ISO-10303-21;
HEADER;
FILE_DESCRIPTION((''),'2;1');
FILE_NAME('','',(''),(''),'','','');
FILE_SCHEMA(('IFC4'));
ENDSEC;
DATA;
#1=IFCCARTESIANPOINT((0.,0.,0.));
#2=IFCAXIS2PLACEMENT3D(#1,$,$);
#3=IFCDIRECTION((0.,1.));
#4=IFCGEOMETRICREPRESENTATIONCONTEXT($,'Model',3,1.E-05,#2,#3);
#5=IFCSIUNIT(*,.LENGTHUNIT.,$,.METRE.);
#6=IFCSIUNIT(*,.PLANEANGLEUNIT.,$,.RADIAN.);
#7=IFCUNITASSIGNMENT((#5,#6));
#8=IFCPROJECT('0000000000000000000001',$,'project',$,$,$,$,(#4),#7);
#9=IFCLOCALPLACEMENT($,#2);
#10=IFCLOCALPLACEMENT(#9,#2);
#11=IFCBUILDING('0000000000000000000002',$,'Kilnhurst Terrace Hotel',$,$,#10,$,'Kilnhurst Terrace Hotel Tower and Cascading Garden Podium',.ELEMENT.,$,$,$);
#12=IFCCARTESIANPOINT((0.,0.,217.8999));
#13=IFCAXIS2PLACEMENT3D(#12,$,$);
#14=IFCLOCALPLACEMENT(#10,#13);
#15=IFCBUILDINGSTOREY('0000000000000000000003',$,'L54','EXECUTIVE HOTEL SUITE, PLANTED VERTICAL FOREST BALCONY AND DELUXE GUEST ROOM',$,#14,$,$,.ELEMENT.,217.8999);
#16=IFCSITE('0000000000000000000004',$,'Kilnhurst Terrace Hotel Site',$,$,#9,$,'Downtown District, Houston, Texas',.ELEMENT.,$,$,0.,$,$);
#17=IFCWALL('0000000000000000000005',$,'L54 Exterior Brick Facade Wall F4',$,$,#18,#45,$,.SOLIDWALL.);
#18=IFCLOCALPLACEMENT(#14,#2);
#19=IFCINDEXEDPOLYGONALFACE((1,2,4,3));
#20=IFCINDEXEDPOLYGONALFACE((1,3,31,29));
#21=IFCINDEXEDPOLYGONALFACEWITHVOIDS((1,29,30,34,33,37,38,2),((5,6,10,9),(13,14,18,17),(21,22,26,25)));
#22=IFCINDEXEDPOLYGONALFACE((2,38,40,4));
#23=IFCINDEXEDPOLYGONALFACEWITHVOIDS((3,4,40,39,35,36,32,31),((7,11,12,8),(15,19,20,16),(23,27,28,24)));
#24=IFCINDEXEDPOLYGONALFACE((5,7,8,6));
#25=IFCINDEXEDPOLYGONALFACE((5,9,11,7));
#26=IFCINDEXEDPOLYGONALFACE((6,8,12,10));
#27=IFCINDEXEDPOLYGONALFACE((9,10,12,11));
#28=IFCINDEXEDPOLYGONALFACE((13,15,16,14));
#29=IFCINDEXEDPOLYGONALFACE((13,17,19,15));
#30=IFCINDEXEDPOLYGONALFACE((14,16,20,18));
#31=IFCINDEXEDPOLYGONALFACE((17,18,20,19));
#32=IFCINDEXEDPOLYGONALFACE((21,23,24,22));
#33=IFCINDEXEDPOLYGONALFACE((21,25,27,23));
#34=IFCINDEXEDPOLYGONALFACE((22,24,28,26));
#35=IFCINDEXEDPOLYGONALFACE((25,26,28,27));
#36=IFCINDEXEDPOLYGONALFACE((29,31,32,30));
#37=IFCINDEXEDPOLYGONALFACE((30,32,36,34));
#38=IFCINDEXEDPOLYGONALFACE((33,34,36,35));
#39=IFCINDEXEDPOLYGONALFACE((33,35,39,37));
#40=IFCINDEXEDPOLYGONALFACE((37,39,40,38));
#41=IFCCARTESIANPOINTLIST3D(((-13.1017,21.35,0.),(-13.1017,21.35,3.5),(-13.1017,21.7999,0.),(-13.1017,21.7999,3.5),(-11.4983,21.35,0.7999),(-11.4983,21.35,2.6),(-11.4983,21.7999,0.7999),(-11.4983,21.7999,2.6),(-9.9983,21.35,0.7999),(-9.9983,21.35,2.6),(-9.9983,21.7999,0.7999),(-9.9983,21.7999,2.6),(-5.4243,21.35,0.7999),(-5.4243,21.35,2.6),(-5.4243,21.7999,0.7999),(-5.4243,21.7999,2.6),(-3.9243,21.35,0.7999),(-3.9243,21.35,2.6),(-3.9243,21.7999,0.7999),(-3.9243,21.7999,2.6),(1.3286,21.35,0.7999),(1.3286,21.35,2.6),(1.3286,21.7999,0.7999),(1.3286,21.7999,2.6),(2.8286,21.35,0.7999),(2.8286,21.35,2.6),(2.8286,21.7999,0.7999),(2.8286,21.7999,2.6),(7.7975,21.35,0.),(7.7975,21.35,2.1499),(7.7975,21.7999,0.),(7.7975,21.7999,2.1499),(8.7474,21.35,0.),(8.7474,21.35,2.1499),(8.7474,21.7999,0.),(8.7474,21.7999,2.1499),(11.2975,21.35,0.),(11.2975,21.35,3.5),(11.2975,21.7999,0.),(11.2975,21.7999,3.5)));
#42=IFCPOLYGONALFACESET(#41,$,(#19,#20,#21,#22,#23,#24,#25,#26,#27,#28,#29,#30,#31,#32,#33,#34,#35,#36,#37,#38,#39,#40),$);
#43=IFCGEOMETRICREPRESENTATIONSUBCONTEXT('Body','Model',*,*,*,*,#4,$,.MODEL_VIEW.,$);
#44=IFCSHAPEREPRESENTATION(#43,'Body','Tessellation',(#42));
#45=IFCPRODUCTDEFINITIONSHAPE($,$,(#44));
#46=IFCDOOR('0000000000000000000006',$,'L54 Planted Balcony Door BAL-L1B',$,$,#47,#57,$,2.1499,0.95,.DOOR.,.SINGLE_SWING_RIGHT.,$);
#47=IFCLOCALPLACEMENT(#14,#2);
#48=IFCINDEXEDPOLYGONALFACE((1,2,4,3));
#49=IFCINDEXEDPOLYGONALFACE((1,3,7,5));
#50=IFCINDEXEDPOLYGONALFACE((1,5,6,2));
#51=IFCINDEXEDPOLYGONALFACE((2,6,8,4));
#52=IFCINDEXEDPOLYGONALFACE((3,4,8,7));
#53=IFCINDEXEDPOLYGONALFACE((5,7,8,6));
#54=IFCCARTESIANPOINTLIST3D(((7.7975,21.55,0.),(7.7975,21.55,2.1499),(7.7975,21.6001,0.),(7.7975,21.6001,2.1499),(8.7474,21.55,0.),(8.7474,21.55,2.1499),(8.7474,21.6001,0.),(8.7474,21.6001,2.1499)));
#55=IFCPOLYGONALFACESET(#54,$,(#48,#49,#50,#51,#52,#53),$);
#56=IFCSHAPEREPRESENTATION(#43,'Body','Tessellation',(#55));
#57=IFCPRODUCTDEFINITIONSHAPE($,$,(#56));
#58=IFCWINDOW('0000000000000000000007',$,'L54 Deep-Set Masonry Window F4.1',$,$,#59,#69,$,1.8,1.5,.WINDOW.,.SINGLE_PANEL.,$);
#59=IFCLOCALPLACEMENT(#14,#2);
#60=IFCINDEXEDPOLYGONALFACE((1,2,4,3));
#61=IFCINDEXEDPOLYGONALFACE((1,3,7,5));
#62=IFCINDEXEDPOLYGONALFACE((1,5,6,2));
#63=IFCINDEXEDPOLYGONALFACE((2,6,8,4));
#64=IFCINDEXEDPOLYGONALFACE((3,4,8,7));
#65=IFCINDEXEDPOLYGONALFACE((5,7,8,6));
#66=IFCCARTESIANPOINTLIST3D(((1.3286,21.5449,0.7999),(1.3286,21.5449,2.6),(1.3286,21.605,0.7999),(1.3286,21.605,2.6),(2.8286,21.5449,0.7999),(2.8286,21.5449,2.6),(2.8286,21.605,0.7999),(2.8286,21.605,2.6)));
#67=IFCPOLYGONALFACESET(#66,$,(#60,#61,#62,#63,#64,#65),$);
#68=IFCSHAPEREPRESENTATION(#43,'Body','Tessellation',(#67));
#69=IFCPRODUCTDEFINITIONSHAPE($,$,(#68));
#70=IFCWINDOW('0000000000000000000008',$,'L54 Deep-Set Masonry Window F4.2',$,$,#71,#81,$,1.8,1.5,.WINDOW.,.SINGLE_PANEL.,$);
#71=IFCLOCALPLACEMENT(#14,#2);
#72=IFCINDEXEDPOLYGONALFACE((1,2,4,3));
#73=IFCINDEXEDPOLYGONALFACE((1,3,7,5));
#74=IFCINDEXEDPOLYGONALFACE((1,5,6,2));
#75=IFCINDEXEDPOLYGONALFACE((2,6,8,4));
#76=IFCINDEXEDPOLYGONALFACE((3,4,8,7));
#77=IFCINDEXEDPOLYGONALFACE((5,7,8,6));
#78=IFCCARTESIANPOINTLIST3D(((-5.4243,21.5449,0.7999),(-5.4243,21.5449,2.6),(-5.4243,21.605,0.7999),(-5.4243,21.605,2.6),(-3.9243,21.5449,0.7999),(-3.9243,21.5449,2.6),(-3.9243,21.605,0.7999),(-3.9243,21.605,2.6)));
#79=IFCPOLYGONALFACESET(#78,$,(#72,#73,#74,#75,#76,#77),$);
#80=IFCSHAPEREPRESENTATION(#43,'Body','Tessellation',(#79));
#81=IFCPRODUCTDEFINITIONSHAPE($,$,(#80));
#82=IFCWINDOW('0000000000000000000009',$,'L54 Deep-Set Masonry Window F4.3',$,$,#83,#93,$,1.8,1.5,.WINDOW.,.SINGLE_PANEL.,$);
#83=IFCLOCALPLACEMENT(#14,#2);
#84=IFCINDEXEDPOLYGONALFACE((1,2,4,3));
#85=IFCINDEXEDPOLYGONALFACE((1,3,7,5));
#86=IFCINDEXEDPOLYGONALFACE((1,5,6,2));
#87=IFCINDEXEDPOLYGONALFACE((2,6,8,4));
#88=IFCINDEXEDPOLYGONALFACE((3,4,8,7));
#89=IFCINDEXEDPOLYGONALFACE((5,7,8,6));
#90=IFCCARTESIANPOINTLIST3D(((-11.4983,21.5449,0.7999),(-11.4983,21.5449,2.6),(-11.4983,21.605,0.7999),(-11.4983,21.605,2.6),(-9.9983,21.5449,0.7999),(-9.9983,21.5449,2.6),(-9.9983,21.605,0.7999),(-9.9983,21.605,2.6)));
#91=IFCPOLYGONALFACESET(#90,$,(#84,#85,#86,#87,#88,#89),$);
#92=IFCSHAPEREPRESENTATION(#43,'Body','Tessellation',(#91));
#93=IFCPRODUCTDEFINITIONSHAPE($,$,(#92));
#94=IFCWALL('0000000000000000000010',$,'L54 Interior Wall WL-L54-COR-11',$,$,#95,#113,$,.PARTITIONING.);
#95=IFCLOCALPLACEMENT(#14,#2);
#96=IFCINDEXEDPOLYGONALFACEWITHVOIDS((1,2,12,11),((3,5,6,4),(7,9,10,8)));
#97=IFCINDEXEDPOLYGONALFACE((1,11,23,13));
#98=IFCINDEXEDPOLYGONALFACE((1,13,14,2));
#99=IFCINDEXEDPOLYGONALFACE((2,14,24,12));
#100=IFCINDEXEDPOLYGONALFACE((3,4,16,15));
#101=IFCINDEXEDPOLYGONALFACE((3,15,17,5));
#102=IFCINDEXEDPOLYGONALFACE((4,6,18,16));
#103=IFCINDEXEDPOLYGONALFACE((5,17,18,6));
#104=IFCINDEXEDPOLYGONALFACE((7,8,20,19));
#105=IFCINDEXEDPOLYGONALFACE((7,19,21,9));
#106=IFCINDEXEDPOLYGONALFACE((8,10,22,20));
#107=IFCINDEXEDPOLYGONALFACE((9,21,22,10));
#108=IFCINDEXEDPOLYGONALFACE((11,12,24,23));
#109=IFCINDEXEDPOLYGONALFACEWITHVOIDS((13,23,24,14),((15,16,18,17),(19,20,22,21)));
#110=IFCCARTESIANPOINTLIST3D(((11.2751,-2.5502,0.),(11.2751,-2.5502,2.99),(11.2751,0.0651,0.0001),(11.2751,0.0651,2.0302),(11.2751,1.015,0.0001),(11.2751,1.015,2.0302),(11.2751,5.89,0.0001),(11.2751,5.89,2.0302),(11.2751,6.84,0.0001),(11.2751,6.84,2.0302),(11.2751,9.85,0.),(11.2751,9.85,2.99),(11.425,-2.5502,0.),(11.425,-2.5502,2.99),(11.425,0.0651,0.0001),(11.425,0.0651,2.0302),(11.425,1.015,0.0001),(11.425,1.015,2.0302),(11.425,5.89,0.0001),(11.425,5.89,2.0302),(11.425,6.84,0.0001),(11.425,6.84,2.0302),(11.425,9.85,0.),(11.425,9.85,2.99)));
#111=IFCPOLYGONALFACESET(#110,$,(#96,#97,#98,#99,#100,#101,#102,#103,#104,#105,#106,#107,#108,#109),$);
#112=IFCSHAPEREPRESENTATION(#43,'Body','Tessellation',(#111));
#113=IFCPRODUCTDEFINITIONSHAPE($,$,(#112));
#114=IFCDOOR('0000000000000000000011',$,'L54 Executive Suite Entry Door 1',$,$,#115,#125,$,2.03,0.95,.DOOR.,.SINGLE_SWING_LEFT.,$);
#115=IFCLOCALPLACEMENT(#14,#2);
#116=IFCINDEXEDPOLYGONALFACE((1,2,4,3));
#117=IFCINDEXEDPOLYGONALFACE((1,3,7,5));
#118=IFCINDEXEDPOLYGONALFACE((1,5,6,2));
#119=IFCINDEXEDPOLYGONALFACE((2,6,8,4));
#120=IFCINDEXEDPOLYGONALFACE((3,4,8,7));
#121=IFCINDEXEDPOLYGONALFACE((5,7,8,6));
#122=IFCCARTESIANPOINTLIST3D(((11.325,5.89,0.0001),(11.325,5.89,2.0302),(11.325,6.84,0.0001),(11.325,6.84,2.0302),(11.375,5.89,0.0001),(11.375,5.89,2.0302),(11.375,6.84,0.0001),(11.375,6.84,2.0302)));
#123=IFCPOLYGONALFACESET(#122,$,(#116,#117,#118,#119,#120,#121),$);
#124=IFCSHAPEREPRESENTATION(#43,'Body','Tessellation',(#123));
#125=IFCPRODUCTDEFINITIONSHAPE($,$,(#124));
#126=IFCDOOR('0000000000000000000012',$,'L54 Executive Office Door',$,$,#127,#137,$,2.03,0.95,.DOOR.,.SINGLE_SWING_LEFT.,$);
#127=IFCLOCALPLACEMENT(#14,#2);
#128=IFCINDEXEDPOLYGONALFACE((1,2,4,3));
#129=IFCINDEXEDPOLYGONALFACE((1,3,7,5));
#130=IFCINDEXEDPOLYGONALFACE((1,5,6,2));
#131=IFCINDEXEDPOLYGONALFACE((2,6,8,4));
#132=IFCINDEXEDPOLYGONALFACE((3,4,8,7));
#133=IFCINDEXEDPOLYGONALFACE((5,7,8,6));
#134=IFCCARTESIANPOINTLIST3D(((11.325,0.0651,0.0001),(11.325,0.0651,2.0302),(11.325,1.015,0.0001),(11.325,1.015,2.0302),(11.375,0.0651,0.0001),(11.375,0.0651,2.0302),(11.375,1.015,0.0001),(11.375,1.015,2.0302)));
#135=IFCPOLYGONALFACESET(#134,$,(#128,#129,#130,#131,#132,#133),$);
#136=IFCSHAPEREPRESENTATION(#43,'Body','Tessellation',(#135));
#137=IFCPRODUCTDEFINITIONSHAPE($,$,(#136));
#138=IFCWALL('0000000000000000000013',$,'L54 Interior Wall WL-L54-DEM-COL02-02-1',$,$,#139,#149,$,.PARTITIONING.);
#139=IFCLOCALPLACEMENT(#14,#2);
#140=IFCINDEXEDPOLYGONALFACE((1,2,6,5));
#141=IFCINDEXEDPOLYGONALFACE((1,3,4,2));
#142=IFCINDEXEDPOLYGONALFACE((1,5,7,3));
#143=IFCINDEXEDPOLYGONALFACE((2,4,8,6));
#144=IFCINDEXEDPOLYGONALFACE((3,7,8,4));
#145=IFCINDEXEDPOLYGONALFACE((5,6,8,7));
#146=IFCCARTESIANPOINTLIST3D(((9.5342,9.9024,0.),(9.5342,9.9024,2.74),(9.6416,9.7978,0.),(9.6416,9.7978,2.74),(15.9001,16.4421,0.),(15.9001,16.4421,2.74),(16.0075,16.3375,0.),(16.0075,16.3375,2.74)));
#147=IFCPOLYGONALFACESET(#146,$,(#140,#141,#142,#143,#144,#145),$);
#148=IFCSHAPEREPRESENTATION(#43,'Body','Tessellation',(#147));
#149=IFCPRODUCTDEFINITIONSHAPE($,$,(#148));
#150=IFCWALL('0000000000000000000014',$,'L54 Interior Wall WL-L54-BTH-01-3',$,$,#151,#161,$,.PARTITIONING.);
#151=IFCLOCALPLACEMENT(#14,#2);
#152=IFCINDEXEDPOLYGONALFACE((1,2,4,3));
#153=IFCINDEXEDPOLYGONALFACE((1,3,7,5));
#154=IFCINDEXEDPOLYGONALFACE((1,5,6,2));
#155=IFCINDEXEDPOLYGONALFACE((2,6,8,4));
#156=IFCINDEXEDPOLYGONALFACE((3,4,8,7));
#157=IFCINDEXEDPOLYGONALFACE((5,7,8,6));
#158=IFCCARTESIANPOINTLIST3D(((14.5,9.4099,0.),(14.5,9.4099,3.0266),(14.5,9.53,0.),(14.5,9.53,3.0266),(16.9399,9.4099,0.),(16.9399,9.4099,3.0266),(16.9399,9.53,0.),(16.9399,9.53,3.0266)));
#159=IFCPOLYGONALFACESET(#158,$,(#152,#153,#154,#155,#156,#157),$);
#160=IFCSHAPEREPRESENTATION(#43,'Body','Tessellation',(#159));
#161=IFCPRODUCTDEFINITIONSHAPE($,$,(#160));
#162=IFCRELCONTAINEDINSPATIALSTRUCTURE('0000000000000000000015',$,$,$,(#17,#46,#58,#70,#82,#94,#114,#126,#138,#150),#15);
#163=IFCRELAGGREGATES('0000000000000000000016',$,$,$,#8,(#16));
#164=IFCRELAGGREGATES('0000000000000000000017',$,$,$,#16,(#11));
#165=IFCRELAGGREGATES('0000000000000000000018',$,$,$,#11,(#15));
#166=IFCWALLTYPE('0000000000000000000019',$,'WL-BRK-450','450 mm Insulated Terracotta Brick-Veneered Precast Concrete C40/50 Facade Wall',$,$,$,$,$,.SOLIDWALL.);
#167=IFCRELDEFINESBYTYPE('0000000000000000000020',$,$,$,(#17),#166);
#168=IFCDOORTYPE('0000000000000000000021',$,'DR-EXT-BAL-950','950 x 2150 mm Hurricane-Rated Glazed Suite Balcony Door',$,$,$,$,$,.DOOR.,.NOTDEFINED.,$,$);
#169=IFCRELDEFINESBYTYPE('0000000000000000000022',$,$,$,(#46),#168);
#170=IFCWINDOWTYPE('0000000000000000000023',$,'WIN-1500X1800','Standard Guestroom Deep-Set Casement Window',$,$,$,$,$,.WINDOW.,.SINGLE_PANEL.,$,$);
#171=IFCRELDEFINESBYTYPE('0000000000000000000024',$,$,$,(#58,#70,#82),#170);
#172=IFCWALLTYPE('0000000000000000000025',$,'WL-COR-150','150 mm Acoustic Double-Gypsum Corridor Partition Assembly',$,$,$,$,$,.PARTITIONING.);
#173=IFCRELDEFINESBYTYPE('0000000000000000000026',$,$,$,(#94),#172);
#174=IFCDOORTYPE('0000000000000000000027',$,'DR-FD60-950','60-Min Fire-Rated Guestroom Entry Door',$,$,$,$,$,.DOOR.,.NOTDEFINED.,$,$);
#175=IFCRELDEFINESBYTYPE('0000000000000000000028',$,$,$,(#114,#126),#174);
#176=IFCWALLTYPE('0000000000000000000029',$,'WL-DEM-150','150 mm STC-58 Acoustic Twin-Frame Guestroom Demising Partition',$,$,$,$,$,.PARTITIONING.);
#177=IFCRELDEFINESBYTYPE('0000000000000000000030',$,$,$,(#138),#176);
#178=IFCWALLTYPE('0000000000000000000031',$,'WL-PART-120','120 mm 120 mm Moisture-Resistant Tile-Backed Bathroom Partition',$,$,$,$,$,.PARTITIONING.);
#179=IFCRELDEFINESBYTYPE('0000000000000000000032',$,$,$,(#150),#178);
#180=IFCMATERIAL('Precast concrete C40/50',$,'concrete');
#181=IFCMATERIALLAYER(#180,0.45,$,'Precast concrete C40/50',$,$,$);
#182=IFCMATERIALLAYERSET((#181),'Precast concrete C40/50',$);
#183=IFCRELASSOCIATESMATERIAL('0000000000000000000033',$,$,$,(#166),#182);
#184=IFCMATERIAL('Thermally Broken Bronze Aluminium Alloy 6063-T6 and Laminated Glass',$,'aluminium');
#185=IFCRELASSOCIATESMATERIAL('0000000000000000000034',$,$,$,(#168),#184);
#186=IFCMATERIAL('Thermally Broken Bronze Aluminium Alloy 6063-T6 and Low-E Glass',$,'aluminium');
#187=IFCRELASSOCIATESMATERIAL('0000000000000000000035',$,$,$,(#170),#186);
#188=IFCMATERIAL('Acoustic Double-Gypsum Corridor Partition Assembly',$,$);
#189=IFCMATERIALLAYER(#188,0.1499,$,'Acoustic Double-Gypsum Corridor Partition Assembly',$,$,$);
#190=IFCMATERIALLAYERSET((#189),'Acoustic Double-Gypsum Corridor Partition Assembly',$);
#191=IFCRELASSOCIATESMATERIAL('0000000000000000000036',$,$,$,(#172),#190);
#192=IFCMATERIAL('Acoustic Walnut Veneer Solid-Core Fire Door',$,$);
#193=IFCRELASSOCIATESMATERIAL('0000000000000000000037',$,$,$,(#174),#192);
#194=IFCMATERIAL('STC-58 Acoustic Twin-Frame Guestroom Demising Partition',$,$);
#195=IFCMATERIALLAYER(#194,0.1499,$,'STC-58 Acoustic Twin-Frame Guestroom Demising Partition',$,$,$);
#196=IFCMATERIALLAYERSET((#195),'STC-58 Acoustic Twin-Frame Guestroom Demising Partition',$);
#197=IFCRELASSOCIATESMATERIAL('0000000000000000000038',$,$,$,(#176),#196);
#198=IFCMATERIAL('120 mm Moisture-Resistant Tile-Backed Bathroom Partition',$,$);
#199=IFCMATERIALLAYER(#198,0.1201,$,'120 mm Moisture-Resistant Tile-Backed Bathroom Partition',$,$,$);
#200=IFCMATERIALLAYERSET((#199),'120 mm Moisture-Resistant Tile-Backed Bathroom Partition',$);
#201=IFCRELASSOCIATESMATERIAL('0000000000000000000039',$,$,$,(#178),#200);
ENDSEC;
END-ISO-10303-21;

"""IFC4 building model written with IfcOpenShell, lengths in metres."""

from ifc_helpers import new_model, si_unit, direction, frame, frame_2d, origin, place, context, subcontext, project, spatial, rectangle, extrude, material, layer, layer_set, type_object, element, fill, save


model = new_model("IFC4")

# Units and contexts
model_context = context("Model", 3, precision=1e-05, world=origin(), true_north=direction((0.0, 1.0)))
body_context = subcontext(model_context, "Body", "Model", "MODEL_VIEW")
ifc_project = project(units=[si_unit("LENGTHUNIT", "METRE"), si_unit("PLANEANGLEUNIT", "RADIAN")], contexts=[model_context])

# Site, building, storey
site_placement = place(None, origin())
site = spatial("IfcSite", under=ifc_project, at=site_placement, Name="Kilnhurst Terrace Hotel Site", LongName="Downtown District, Houston, Texas", CompositionType="ELEMENT", RefElevation=0.0)
building_placement = place(site_placement, origin())
building = spatial("IfcBuilding", under=site, at=building_placement, Name="Kilnhurst Terrace Hotel", LongName="Kilnhurst Terrace Hotel Tower and Cascading Garden Podium", CompositionType="ELEMENT")
storey_placement = place(building_placement, frame((0.0, 0.0, 217.8999)))
storey = spatial("IfcBuildingStorey", under=building, at=storey_placement, Name="L54", Description="EXECUTIVE HOTEL SUITE, PLANTED VERTICAL FOREST BALCONY AND DELUXE GUEST ROOM", CompositionType="ELEMENT", Elevation=217.8999)

# Shared definitions
ifc_material_1 = material(Name="Precast concrete C40/50", Category="concrete")
ifc_layer_1 = layer(ifc_material_1, 0.45, Name="Precast concrete C40/50")
ifc_layer_set_1 = layer_set([ifc_layer_1], Name="Precast concrete C40/50")
wall_type_1 = type_object("IfcWallType", Name="WL-BRK-450", Description="450 mm Insulated Terracotta Brick-Veneered Precast Concrete C40/50 Facade Wall", PredefinedType="SOLIDWALL", material=ifc_layer_set_1)

# Wall, openings, door, windows
wall_1_placement = place(storey_placement, frame((11.2976, 21.575, 0.0), z_axis=(0.0, 0.0, 1.0), x_axis=(-1.0, 0.0, 0.0)))
wall_1 = element("IfcWall", 1, at=wall_1_placement, inside=storey, type_object=wall_type_1, Name="L54 Exterior Brick Facade Wall F4", PredefinedType="SOLIDWALL", context=body_context, shape_type="SweptSolid", body=[
    extrude(rectangle(XDim=24.3992, YDim=0.45, at=frame_2d((12.1997, 0.0))), origin(), (0.0, 0.0, 1.0), 3.5),
])
opening_1_placement = place(wall_1_placement, frame((2.55, 0.0, 0.0)))
opening_1 = element("IfcOpeningElement", 2, at=opening_1_placement, cuts=wall_1, PredefinedType="OPENING", context=body_context, shape_type="SweptSolid", body=[
    extrude(rectangle(XDim=0.95, YDim=2.1499, at=frame_2d((0.4751, 1.075))), frame((0.0, 0.2349, 0.0), z_axis=(0.0, -1.0, 0.0), x_axis=(1.0, 0.0, 0.0)), (0.0, 0.0, 1.0), 0.47),
])
opening_2_placement = place(wall_1_placement, frame((8.469, 0.0, 0.8)))
opening_2 = element("IfcOpeningElement", 3, at=opening_2_placement, cuts=wall_1, PredefinedType="OPENING", context=body_context, shape_type="SweptSolid", body=[
    extrude(rectangle(XDim=1.5, YDim=1.8, at=frame_2d((0.75, 0.8999))), frame((0.0, 0.2349, 0.0), z_axis=(0.0, -1.0, 0.0), x_axis=(1.0, 0.0, 0.0)), (0.0, 0.0, 1.0), 0.47),
])
opening_3_placement = place(wall_1_placement, frame((15.2219, 0.0, 0.8)))
opening_3 = element("IfcOpeningElement", 4, at=opening_3_placement, cuts=wall_1, PredefinedType="OPENING", context=body_context, shape_type="SweptSolid", body=[
    extrude(rectangle(XDim=1.5, YDim=1.8, at=frame_2d((0.75, 0.8999))), frame((0.0, 0.2349, 0.0), z_axis=(0.0, -1.0, 0.0), x_axis=(1.0, 0.0, 0.0)), (0.0, 0.0, 1.0), 0.47),
])
opening_4_placement = place(wall_1_placement, frame((21.2959, 0.0, 0.8)))
opening_4 = element("IfcOpeningElement", 5, at=opening_4_placement, cuts=wall_1, PredefinedType="OPENING", context=body_context, shape_type="SweptSolid", body=[
    extrude(rectangle(XDim=1.5, YDim=1.8, at=frame_2d((0.75, 0.8999))), frame((0.0, 0.2349, 0.0), z_axis=(0.0, -1.0, 0.0), x_axis=(1.0, 0.0, 0.0)), (0.0, 0.0, 1.0), 0.47),
])
ifc_material_2 = material(Name="Thermally Broken Bronze Aluminium Alloy 6063-T6 and Laminated Glass", Category="aluminium")
door_type_1 = type_object("IfcDoorType", Name="DR-EXT-BAL-950", Description="950 x 2150 mm Hurricane-Rated Glazed Suite Balcony Door", OperationType="NOTDEFINED", PredefinedType="DOOR", material=ifc_material_2)
door_1_placement = place(opening_1_placement, origin())
door_1 = element("IfcDoor", 6, at=door_1_placement, inside=storey, type_object=door_type_1, Name="L54 Planted Balcony Door BAL-L1B", OperationType="SINGLE_SWING_RIGHT", OverallHeight=2.1499, OverallWidth=0.95, PredefinedType="DOOR", context=body_context, shape_type="SweptSolid", body=[
    extrude(rectangle(XDim=0.95, YDim=2.1499, at=frame_2d((0.4751, 1.075))), frame((0.0, 0.0249, 0.0), z_axis=(0.0, -1.0, 0.0), x_axis=(1.0, 0.0, 0.0)), (0.0, 0.0, 1.0), 0.05),
])
fill(opening_1, door_1)
ifc_material_3 = material(Name="Thermally Broken Bronze Aluminium Alloy 6063-T6 and Low-E Glass", Category="aluminium")
window_type = type_object("IfcWindowType", Name="WIN-1500X1800", Description="Standard Guestroom Deep-Set Casement Window", PartitioningType="SINGLE_PANEL", PredefinedType="WINDOW", material=ifc_material_3)
window_1_placement = place(opening_2_placement, origin())
window_1 = element("IfcWindow", 7, at=window_1_placement, inside=storey, type_object=window_type, Name="L54 Deep-Set Masonry Window F4.1", OverallHeight=1.8, OverallWidth=1.5, PartitioningType="SINGLE_PANEL", PredefinedType="WINDOW", context=body_context, shape_type="SweptSolid", body=[
    extrude(rectangle(XDim=1.5, YDim=1.8, at=frame_2d((0.75, 0.8999))), frame((0.0, 0.03, 0.0), z_axis=(0.0, -1.0, 0.0), x_axis=(1.0, 0.0, 0.0)), (0.0, 0.0, 1.0), 0.0601),
])
fill(opening_2, window_1)
window_2_placement = place(opening_3_placement, origin())
window_2 = element("IfcWindow", 8, at=window_2_placement, inside=storey, type_object=window_type, Name="L54 Deep-Set Masonry Window F4.2", OverallHeight=1.8, OverallWidth=1.5, PartitioningType="SINGLE_PANEL", PredefinedType="WINDOW", context=body_context, shape_type="SweptSolid", body=[
    extrude(rectangle(XDim=1.5, YDim=1.8, at=frame_2d((0.75, 0.8999))), frame((0.0, 0.03, 0.0), z_axis=(0.0, -1.0, 0.0), x_axis=(1.0, 0.0, 0.0)), (0.0, 0.0, 1.0), 0.0601),
])
fill(opening_3, window_2)
window_3_placement = place(opening_4_placement, origin())
window_3 = element("IfcWindow", 9, at=window_3_placement, inside=storey, type_object=window_type, Name="L54 Deep-Set Masonry Window F4.3", OverallHeight=1.8, OverallWidth=1.5, PartitioningType="SINGLE_PANEL", PredefinedType="WINDOW", context=body_context, shape_type="SweptSolid", body=[
    extrude(rectangle(XDim=1.5, YDim=1.8, at=frame_2d((0.75, 0.8999))), frame((0.0, 0.03, 0.0), z_axis=(0.0, -1.0, 0.0), x_axis=(1.0, 0.0, 0.0)), (0.0, 0.0, 1.0), 0.0601),
])
fill(opening_4, window_3)

# Wall, openings, doors
ifc_material_4 = material(Name="Acoustic Double-Gypsum Corridor Partition Assembly")
ifc_layer_2 = layer(ifc_material_4, 0.1499, Name="Acoustic Double-Gypsum Corridor Partition Assembly")
ifc_layer_set_2 = layer_set([ifc_layer_2], Name="Acoustic Double-Gypsum Corridor Partition Assembly")
wall_type_2 = type_object("IfcWallType", Name="WL-COR-150", Description="150 mm Acoustic Double-Gypsum Corridor Partition Assembly", PredefinedType="PARTITIONING", material=ifc_layer_set_2)
wall_2_placement = place(storey_placement, frame((11.3501, 9.8501, 0.0), z_axis=(0.0, 0.0, 1.0), x_axis=(0.0, -1.0, 0.0)))
wall_2 = element("IfcWall", 10, at=wall_2_placement, inside=storey, type_object=wall_type_2, Name="L54 Interior Wall WL-L54-COR-11", PredefinedType="PARTITIONING", context=body_context, shape_type="SweptSolid", body=[
    extrude(rectangle(XDim=12.4001, YDim=0.1499, at=frame_2d((6.2002, 0.0))), origin(), (0.0, 0.0, 1.0), 2.99),
])
opening_5_placement = place(wall_2_placement, frame((3.01, 0.0, 0.0)))
opening_5 = element("IfcOpeningElement", 11, at=opening_5_placement, cuts=wall_2, PredefinedType="OPENING", context=body_context, shape_type="SweptSolid", body=[
    extrude(rectangle(XDim=0.95, YDim=2.03, at=frame_2d((0.4751, 1.0151))), frame((0.0, 0.085, 0.0), z_axis=(0.0, -1.0, 0.0), x_axis=(1.0, 0.0, 0.0)), (0.0, 0.0, 1.0), 0.1699),
])
opening_6_placement = place(wall_2_placement, frame((8.835, 0.0, 0.0)))
opening_6 = element("IfcOpeningElement", 12, at=opening_6_placement, cuts=wall_2, PredefinedType="OPENING", context=body_context, shape_type="SweptSolid", body=[
    extrude(rectangle(XDim=0.95, YDim=2.03, at=frame_2d((0.4751, 1.0151))), frame((0.0, 0.085, 0.0), z_axis=(0.0, -1.0, 0.0), x_axis=(1.0, 0.0, 0.0)), (0.0, 0.0, 1.0), 0.1699),
])
ifc_material_5 = material(Name="Acoustic Walnut Veneer Solid-Core Fire Door")
door_type_2 = type_object("IfcDoorType", Name="DR-FD60-950", Description="60-Min Fire-Rated Guestroom Entry Door", OperationType="NOTDEFINED", PredefinedType="DOOR", material=ifc_material_5)
door_2_placement = place(opening_5_placement, origin())
door_2 = element("IfcDoor", 13, at=door_2_placement, inside=storey, type_object=door_type_2, Name="L54 Executive Suite Entry Door 1", OperationType="SINGLE_SWING_LEFT", OverallHeight=2.03, OverallWidth=0.95, PredefinedType="DOOR", context=body_context, shape_type="SweptSolid", body=[
    extrude(rectangle(XDim=0.95, YDim=2.03, at=frame_2d((0.4751, 1.0151))), frame((0.0, 0.0249, 0.0), z_axis=(0.0, -1.0, 0.0), x_axis=(1.0, 0.0, 0.0)), (0.0, 0.0, 1.0), 0.05),
])
fill(opening_5, door_2)
door_3_placement = place(opening_6_placement, origin())
door_3 = element("IfcDoor", 14, at=door_3_placement, inside=storey, type_object=door_type_2, Name="L54 Executive Office Door", OperationType="SINGLE_SWING_LEFT", OverallHeight=2.03, OverallWidth=0.95, PredefinedType="DOOR", context=body_context, shape_type="SweptSolid", body=[
    extrude(rectangle(XDim=0.95, YDim=2.03, at=frame_2d((0.4751, 1.0151))), frame((0.0, 0.0249, 0.0), z_axis=(0.0, -1.0, 0.0), x_axis=(1.0, 0.0, 0.0)), (0.0, 0.0, 1.0), 0.05),
])
fill(opening_6, door_3)

# Walls
ifc_material_6 = material(Name="STC-58 Acoustic Twin-Frame Guestroom Demising Partition")
ifc_layer_3 = layer(ifc_material_6, 0.1499, Name="STC-58 Acoustic Twin-Frame Guestroom Demising Partition")
ifc_layer_set_3 = layer_set([ifc_layer_3], Name="STC-58 Acoustic Twin-Frame Guestroom Demising Partition")
wall_type_3 = type_object("IfcWallType", Name="WL-DEM-150", Description="150 mm STC-58 Acoustic Twin-Frame Guestroom Demising Partition", PredefinedType="PARTITIONING", material=ifc_layer_set_3)
wall_3_placement = place(storey_placement, frame((9.5879, 9.8501, 0.0), z_axis=(0.0, 0.0, 1.0), x_axis=(0.697519, 0.716566, 0.0)))
element("IfcWall", 15, at=wall_3_placement, inside=storey, type_object=wall_type_3, Name="L54 Interior Wall WL-L54-DEM-COL02-02-1", PredefinedType="PARTITIONING", context=body_context, shape_type="SweptSolid", body=[
    extrude(rectangle(XDim=9.1265, YDim=0.1499, at=frame_2d((4.5632, 0.0))), origin(), (0.0, 0.0, 1.0), 2.74),
])
ifc_material_7 = material(Name="120 mm Moisture-Resistant Tile-Backed Bathroom Partition")
ifc_layer_4 = layer(ifc_material_7, 0.1201, Name="120 mm Moisture-Resistant Tile-Backed Bathroom Partition")
ifc_layer_set_4 = layer_set([ifc_layer_4], Name="120 mm Moisture-Resistant Tile-Backed Bathroom Partition")
wall_type_4 = type_object("IfcWallType", Name="WL-PART-120", Description="120 mm 120 mm Moisture-Resistant Tile-Backed Bathroom Partition", PredefinedType="PARTITIONING", material=ifc_layer_set_4)
wall_4_placement = place(storey_placement, frame((16.9399, 9.47, 0.0), z_axis=(0.0, 0.0, 1.0), x_axis=(-1.0, 0.0, 0.0)))
element("IfcWall", 16, at=wall_4_placement, inside=storey, type_object=wall_type_4, Name="L54 Interior Wall WL-L54-BTH-01-3", PredefinedType="PARTITIONING", context=body_context, shape_type="SweptSolid", body=[
    extrude(rectangle(XDim=2.4399, YDim=0.1201, at=frame_2d((1.22, 0.0))), origin(), (0.0, 0.0, 1.0), 3.0266),
])

save(model, "model.ifc")
